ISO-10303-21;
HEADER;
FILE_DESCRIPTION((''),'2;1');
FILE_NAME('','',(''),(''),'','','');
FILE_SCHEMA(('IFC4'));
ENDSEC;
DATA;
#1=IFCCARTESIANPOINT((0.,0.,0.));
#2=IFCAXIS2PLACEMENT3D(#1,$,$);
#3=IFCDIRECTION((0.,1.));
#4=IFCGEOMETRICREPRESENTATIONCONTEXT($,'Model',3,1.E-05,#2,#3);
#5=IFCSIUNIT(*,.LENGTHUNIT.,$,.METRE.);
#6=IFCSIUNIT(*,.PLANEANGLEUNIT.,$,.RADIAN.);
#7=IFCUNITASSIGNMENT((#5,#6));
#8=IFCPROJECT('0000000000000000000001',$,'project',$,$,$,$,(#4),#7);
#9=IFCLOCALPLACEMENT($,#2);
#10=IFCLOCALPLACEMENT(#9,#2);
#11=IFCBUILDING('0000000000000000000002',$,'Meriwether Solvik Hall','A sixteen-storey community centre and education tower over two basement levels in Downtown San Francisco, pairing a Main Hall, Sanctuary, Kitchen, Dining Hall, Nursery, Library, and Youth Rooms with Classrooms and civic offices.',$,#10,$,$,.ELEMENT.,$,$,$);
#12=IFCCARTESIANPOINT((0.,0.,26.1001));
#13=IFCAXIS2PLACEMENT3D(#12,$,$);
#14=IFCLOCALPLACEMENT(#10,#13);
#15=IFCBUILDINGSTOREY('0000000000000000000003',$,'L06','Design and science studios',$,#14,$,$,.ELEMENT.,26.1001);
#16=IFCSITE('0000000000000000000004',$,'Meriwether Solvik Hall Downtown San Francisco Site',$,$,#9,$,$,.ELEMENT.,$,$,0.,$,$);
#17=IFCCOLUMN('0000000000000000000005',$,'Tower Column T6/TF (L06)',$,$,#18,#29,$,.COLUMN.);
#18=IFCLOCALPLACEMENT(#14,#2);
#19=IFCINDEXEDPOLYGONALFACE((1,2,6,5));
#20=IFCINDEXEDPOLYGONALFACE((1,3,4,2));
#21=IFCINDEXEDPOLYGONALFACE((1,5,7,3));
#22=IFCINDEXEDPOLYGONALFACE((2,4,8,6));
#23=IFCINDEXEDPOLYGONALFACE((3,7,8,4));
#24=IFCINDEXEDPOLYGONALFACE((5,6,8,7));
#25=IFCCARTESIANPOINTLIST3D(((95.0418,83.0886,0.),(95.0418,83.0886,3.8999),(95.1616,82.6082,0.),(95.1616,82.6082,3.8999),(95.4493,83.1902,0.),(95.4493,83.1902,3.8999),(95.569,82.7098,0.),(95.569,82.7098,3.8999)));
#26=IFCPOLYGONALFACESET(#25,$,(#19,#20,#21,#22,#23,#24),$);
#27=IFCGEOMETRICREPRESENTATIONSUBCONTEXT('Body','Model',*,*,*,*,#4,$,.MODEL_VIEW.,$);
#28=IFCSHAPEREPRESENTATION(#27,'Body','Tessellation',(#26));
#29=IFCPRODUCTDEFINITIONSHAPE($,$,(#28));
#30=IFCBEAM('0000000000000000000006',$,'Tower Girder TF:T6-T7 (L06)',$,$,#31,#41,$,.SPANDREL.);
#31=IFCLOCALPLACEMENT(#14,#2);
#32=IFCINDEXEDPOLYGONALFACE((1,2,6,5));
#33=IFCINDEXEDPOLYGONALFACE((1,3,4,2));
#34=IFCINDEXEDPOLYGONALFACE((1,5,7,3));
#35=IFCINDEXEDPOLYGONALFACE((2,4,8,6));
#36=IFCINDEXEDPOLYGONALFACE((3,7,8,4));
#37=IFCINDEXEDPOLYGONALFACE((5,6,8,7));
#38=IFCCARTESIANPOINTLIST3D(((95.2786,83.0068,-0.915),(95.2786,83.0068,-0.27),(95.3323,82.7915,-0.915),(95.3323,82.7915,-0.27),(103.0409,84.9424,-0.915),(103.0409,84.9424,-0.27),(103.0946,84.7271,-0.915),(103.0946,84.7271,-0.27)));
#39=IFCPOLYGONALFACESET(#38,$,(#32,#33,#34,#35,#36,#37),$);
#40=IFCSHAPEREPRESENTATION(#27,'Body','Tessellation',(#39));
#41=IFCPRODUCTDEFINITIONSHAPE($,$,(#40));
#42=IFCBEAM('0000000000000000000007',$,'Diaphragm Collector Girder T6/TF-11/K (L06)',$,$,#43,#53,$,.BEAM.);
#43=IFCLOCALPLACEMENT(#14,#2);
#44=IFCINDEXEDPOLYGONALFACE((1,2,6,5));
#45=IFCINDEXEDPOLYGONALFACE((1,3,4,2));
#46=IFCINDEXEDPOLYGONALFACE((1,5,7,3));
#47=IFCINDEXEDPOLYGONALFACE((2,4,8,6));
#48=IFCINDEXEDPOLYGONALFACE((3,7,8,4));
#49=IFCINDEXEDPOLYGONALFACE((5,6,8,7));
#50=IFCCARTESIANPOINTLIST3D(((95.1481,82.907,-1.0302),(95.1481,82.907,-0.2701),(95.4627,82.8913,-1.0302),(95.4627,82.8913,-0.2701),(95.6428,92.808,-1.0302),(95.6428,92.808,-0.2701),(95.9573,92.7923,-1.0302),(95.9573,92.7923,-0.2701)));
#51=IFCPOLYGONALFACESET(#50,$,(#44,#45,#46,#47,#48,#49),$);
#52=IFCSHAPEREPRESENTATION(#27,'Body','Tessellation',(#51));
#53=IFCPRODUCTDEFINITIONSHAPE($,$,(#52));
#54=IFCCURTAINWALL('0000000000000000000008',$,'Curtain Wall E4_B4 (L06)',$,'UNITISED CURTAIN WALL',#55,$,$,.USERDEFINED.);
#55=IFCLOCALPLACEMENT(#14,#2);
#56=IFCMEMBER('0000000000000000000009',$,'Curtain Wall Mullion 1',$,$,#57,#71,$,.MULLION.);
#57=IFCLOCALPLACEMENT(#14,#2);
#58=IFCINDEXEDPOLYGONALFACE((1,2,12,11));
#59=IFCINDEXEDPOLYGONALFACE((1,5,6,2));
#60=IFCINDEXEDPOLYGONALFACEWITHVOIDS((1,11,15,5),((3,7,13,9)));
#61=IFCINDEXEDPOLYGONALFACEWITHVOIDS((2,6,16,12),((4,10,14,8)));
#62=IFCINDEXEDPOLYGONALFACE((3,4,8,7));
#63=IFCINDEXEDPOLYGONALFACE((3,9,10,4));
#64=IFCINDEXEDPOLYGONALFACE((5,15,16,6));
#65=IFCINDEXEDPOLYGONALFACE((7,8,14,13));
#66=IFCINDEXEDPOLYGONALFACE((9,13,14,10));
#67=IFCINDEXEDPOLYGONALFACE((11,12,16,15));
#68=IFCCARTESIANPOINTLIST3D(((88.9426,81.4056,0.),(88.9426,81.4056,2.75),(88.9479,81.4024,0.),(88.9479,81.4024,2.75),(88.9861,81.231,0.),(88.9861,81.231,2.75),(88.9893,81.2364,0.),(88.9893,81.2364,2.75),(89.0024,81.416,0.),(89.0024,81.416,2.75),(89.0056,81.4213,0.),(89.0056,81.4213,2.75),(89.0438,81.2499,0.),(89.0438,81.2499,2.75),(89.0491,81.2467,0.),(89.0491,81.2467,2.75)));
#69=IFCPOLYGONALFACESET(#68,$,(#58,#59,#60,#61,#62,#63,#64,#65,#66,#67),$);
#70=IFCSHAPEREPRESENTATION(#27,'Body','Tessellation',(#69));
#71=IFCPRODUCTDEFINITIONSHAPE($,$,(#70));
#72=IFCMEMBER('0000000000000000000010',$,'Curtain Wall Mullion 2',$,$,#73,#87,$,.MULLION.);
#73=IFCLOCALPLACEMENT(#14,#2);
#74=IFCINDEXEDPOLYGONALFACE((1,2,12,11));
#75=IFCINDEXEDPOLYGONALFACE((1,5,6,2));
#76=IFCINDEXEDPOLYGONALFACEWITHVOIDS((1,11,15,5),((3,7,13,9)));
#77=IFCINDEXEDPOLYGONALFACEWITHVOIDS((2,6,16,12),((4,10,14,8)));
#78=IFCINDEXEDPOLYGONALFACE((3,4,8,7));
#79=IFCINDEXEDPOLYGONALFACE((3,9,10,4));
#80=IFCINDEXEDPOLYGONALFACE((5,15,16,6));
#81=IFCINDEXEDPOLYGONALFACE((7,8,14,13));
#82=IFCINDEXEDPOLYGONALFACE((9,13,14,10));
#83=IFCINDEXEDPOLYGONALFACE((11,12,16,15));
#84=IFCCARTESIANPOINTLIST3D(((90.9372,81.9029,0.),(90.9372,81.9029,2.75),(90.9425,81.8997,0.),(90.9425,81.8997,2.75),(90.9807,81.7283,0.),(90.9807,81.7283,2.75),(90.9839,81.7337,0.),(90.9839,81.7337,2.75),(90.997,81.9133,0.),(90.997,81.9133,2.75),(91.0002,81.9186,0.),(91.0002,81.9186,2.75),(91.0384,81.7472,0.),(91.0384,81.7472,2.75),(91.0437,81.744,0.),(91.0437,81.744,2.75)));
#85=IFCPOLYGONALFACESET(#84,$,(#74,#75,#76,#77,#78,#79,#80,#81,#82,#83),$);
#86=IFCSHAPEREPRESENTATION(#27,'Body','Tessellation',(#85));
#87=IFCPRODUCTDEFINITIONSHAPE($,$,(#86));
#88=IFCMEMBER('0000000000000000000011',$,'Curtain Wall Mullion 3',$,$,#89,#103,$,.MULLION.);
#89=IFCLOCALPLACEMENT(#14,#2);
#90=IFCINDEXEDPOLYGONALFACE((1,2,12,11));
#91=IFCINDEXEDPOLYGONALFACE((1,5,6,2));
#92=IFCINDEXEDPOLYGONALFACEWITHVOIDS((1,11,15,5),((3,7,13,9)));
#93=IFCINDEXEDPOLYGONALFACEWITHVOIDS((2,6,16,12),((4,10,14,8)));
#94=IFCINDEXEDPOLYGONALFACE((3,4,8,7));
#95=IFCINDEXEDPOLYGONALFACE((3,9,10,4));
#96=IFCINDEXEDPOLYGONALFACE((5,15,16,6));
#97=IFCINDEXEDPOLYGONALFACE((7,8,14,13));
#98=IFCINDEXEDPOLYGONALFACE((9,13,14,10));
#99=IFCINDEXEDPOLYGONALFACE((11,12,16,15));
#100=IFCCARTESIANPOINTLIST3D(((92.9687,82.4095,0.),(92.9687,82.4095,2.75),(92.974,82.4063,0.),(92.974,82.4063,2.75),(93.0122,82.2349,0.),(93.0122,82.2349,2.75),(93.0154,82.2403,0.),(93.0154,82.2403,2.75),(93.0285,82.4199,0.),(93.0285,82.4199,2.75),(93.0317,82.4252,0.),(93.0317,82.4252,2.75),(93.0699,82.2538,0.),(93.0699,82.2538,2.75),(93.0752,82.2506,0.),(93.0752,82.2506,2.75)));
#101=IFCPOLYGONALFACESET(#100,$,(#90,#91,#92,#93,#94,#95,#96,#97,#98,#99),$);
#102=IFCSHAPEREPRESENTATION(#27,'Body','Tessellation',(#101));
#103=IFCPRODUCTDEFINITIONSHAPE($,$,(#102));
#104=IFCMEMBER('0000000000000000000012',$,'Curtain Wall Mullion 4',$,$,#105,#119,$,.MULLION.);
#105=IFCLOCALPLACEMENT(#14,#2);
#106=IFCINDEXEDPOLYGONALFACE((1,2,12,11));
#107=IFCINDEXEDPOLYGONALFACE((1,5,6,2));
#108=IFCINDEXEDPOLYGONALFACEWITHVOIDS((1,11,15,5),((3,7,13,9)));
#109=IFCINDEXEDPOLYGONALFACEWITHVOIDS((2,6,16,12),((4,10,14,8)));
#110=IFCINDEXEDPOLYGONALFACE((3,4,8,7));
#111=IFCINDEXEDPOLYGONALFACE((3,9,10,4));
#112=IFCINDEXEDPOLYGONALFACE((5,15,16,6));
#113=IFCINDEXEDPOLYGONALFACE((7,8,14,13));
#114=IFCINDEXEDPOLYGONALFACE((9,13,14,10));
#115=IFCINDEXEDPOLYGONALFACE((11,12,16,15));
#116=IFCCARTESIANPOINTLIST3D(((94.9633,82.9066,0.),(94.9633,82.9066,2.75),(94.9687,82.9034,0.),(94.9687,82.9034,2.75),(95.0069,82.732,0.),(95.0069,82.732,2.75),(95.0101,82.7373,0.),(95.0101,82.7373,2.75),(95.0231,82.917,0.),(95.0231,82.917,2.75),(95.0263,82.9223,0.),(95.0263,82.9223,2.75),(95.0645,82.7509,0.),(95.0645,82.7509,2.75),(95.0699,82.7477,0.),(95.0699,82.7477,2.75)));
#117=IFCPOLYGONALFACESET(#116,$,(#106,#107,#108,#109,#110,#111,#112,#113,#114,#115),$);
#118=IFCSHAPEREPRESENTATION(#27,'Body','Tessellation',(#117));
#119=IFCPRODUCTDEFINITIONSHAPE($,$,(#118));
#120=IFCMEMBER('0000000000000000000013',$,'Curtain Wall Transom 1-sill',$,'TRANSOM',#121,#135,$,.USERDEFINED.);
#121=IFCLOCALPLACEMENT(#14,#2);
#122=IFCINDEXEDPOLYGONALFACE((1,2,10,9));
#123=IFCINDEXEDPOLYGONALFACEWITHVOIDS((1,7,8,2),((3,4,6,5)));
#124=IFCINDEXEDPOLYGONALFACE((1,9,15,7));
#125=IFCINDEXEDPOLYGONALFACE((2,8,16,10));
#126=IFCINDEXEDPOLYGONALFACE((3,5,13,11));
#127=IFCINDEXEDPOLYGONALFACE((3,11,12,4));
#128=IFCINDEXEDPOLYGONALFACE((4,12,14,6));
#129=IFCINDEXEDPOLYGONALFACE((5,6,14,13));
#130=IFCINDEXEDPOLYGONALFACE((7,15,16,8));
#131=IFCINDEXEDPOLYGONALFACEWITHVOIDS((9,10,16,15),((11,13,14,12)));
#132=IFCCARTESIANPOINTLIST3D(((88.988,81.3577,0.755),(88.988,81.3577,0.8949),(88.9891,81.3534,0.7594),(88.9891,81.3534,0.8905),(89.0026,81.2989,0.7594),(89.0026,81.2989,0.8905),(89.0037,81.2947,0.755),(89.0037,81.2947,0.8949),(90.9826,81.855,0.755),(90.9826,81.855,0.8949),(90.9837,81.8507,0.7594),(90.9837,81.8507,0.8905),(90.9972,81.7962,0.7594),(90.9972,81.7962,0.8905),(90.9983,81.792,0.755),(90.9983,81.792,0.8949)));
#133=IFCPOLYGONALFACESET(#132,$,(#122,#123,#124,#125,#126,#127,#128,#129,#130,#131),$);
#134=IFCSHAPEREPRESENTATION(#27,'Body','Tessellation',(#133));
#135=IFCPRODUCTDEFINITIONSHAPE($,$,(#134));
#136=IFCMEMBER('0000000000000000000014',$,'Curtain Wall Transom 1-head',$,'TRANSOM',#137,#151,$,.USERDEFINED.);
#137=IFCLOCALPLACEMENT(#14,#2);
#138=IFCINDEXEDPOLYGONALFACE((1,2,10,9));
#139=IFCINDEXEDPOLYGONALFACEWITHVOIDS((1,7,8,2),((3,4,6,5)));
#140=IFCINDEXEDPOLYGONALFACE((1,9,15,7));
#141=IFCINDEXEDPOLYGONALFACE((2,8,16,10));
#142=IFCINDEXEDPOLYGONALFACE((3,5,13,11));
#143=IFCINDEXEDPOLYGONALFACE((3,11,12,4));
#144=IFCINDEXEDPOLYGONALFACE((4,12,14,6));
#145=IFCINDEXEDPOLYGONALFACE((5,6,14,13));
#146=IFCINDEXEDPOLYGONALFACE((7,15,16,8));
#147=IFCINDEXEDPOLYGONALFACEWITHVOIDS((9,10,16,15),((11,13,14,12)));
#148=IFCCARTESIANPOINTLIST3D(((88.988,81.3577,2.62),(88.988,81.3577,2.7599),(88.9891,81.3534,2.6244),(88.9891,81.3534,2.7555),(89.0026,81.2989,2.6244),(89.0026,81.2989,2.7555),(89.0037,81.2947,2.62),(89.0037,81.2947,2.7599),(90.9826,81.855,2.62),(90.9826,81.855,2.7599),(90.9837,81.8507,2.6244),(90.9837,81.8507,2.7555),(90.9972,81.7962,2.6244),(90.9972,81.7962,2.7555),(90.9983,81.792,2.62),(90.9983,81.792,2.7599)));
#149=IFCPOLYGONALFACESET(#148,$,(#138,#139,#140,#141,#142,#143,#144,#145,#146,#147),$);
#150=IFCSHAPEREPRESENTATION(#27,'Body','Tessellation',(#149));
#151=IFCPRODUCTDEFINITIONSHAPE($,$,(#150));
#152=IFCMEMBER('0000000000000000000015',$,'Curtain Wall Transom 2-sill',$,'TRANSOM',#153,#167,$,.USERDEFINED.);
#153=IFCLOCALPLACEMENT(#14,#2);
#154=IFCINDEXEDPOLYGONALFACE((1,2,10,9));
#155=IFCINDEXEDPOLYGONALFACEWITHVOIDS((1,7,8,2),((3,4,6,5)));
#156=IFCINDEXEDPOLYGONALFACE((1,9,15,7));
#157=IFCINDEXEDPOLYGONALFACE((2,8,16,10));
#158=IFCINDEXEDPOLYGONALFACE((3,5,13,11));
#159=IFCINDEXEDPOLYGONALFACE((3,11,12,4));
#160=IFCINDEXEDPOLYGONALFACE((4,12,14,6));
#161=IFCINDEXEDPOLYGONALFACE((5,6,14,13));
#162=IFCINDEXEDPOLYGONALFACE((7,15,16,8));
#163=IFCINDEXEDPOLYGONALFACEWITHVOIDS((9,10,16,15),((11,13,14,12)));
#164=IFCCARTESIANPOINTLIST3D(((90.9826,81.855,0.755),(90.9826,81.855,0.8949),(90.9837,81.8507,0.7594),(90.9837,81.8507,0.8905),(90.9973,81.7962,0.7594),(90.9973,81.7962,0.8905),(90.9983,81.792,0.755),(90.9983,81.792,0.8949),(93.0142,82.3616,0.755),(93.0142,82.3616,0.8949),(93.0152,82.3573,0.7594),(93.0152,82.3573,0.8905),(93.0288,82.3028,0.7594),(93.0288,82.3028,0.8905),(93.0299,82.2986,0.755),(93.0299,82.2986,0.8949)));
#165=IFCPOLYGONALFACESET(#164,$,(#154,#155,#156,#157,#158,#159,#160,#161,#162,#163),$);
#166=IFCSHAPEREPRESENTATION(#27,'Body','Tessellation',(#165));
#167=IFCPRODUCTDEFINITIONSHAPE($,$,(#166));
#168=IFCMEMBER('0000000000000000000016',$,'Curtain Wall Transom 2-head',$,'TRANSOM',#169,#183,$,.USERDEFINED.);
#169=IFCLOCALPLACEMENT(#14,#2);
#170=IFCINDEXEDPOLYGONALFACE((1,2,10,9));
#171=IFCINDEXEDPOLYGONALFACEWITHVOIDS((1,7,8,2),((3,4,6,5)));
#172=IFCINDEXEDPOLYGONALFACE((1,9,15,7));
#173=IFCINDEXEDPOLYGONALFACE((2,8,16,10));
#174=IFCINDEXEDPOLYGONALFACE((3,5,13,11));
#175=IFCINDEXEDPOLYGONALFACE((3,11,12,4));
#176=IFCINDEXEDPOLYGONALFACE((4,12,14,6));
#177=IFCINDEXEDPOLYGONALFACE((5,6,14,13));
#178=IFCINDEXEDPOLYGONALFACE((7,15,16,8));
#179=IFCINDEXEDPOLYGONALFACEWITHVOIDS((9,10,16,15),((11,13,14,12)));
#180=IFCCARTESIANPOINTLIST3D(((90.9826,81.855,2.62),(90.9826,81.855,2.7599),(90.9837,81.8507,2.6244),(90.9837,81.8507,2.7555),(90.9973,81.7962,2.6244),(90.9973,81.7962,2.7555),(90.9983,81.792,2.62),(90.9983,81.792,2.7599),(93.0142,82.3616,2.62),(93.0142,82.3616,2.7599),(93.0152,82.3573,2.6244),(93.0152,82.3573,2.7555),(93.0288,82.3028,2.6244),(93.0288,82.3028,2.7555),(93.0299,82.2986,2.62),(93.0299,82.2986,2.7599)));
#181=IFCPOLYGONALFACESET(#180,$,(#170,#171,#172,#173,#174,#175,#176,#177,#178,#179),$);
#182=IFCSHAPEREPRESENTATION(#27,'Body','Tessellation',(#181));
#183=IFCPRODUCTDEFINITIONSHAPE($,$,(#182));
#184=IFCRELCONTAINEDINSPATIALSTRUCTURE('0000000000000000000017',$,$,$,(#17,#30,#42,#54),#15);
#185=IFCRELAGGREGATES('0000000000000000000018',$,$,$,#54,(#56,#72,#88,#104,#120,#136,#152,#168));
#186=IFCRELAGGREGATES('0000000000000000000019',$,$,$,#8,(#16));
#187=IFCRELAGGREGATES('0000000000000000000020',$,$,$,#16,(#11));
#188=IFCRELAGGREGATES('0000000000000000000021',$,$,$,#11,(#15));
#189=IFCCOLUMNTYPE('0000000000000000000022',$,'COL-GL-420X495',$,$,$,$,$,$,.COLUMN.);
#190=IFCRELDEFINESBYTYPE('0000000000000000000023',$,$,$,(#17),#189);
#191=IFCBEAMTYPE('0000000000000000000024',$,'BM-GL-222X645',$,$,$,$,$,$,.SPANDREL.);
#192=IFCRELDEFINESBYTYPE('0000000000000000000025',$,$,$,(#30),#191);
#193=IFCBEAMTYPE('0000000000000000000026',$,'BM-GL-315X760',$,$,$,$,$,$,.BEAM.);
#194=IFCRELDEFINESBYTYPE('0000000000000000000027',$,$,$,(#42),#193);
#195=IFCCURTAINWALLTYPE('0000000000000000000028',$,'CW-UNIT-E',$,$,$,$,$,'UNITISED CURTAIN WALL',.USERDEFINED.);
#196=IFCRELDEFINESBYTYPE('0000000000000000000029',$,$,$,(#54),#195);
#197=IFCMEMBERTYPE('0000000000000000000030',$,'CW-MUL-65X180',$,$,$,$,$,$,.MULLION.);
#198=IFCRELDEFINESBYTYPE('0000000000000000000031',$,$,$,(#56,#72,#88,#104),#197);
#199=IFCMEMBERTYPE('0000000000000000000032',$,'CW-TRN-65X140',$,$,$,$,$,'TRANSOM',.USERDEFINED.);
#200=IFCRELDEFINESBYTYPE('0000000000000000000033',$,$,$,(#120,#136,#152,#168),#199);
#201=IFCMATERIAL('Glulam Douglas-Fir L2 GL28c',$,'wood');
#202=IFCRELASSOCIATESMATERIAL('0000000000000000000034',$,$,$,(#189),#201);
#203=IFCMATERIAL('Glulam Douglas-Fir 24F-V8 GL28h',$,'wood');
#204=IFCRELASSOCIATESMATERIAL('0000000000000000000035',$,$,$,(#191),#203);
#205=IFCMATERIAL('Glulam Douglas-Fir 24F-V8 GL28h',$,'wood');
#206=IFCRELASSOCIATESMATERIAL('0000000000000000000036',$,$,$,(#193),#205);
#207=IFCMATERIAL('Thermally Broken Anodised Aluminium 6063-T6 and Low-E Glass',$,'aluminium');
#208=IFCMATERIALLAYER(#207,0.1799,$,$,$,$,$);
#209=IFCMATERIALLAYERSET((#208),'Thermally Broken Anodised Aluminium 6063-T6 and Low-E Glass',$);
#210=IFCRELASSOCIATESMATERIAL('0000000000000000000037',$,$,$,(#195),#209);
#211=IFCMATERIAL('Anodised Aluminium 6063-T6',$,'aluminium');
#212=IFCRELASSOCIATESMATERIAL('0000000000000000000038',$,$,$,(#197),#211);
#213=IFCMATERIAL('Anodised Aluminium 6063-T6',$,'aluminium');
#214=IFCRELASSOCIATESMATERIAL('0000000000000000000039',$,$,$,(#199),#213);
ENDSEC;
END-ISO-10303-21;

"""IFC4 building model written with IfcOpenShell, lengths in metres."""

from ifc_helpers import new_model, si_unit, direction, frame, origin, origin_2d, place, context, subcontext, project, spatial, rectangle, hollow_rectangle, extrude, material, layer, layer_set, material_profile, profile_set, type_object, element, aggregate, save


model = new_model("IFC4")

# Units and contexts
model_context = context("Model", 3, precision=1e-05, world=origin(), true_north=direction((0.0, 1.0)))
body_context = subcontext(model_context, "Body", "Model", "MODEL_VIEW")
ifc_project = project(units=[si_unit("LENGTHUNIT", "METRE"), si_unit("PLANEANGLEUNIT", "RADIAN")], contexts=[model_context])

# Site, building, storey
site_placement = place(None, origin())
site = spatial("IfcSite", under=ifc_project, at=site_placement, Name="Meriwether Solvik Hall Downtown San Francisco Site", CompositionType="ELEMENT", RefElevation=0.0)
building_placement = place(site_placement, origin())
building = spatial("IfcBuilding", under=site, at=building_placement, Name="Meriwether Solvik Hall", Description="A sixteen-storey community centre and education tower over two basement levels in Downtown San Francisco, pairing a Main Hall, Sanctuary, Kitchen, Dining Hall, Nursery, Library, and Youth Rooms with Classrooms and civic offices.", CompositionType="ELEMENT")
storey_placement = place(building_placement, frame((0.0, 0.0, 26.1001)))
storey = spatial("IfcBuildingStorey", under=building, at=storey_placement, Name="L06", Description="Design and science studios", CompositionType="ELEMENT", Elevation=26.1001)

# Column
ifc_material_1 = material(Name="Glulam Douglas-Fir L2 GL28c", Category="wood")
ifc_material_profile_1 = material_profile(ifc_material_1, rectangle(XDim=0.4199, YDim=0.4951, at=origin_2d()), Name="GLC-420X495")
ifc_profile_set_1 = profile_set([ifc_material_profile_1], Name="Glulam Douglas-Fir L2 GL28c")
column_type = type_object("IfcColumnType", Name="COL-GL-420X495", PredefinedType="COLUMN", material=ifc_profile_set_1)
column_placement = place(storey_placement, frame((95.3054, 82.8992, 0.0), z_axis=(0.0, 0.0, 1.0), x_axis=(0.970296, 0.241922, 0.0)))
element("IfcColumn", 1, at=column_placement, inside=storey, type_object=column_type, Name="Tower Column T6/TF (L06)", PredefinedType="COLUMN", context=body_context, shape_type="SweptSolid", body=[
    extrude(rectangle(XDim=0.4199, YDim=0.4951, at=origin_2d()), origin(), (0.0, 0.0, 1.0), 3.8999),
])

# Beams
ifc_material_2 = material(Name="Glulam Douglas-Fir 24F-V8 GL28h", Category="wood")
ifc_material_profile_2 = material_profile(ifc_material_2, rectangle(XDim=0.2219, YDim=0.645, at=origin_2d()), Name="GLB-222X645")
ifc_profile_set_2 = profile_set([ifc_material_profile_2], Name="Glulam Douglas-Fir 24F-V8 GL28h")
beam_type_1 = type_object("IfcBeamType", Name="BM-GL-222X645", PredefinedType="SPANDREL", material=ifc_profile_set_2)
beam_1_placement = place(storey_placement, frame((95.3054, 82.8992, -0.5925), z_axis=(0.97029, 0.241947, 0.0), x_axis=(-0.241947, 0.97029, 0.0)))
element("IfcBeam", 2, at=beam_1_placement, inside=storey, type_object=beam_type_1, Name="Tower Girder TF:T6-T7 (L06)", PredefinedType="SPANDREL", context=body_context, shape_type="SweptSolid", body=[
    extrude(rectangle(XDim=0.2219, YDim=0.645, at=origin_2d()), origin(), (0.0, 0.0, 1.0), 8.0),
])
ifc_material_3 = material(Name="Glulam Douglas-Fir 24F-V8 GL28h", Category="wood")
ifc_material_profile_3 = material_profile(ifc_material_3, rectangle(XDim=0.3149, YDim=0.76, at=origin_2d()), Name="GLB-315X760")
ifc_profile_set_3 = profile_set([ifc_material_profile_3], Name="Glulam Douglas-Fir 24F-V8 GL28h")
beam_type_2 = type_object("IfcBeamType", Name="BM-GL-315X760", PredefinedType="BEAM", material=ifc_profile_set_3)
beam_2_placement = place(storey_placement, frame((95.3054, 82.8992, -0.6501), z_axis=(0.049896, 0.998754, 0.0), x_axis=(-0.998754, 0.049896, 0.0)))
element("IfcBeam", 3, at=beam_2_placement, inside=storey, type_object=beam_type_2, Name="Diaphragm Collector Girder T6/TF-11/K (L06)", PredefinedType="BEAM", context=body_context, shape_type="SweptSolid", body=[
    extrude(rectangle(XDim=0.3149, YDim=0.76, at=origin_2d()), origin(), (0.0, 0.0, 1.0), 9.9133),
])

# Curtain wall, members
ifc_material_4 = material(Name="Thermally Broken Anodised Aluminium 6063-T6 and Low-E Glass", Category="aluminium")
ifc_layer_1 = layer(ifc_material_4, 0.1799)
ifc_layer_set_1 = layer_set([ifc_layer_1], Name="Thermally Broken Anodised Aluminium 6063-T6 and Low-E Glass")
curtain_wall_type = type_object("IfcCurtainWallType", Name="CW-UNIT-E", ElementType="UNITISED CURTAIN WALL", PredefinedType="USERDEFINED", material=ifc_layer_set_1)
curtain_wall_placement = place(storey_placement, origin())
curtain_wall = element("IfcCurtainWall", 4, at=curtain_wall_placement, inside=storey, type_object=curtain_wall_type, Name="Curtain Wall E4_B4 (L06)", ObjectType="UNITISED CURTAIN WALL", PredefinedType="USERDEFINED")
ifc_material_5 = material(Name="Anodised Aluminium 6063-T6", Category="aluminium")
ifc_material_profile_4 = material_profile(ifc_material_5, hollow_rectangle(XDim=0.0649, YDim=0.1799, WallThickness=0.0044, at=origin_2d()), Name="CWM-65X180")
ifc_profile_set_4 = profile_set([ifc_material_profile_4], Name="Anodised Aluminium 6063-T6")
member_type_1 = type_object("IfcMemberType", Name="CW-MUL-65X180", PredefinedType="MULLION", material=ifc_profile_set_4)
member_1_placement = place(storey_placement, frame((88.9958, 81.3262, 0.0), z_axis=(0.0, 0.0, 1.0), x_axis=(0.970296, 0.241922, 0.0)))
member_1 = element("IfcMember", 5, at=member_1_placement, type_object=member_type_1, Name="Curtain Wall Mullion 1", PredefinedType="MULLION", context=body_context, shape_type="SweptSolid", body=[
    extrude(hollow_rectangle(XDim=0.0649, YDim=0.1799, WallThickness=0.0044, at=origin_2d()), origin(), (0.0, 0.0, 1.0), 2.75),
])
member_2_placement = place(storey_placement, frame((90.9905, 81.8235, 0.0), z_axis=(0.0, 0.0, 1.0), x_axis=(0.970296, 0.241922, 0.0)))
member_2 = element("IfcMember", 6, at=member_2_placement, type_object=member_type_1, Name="Curtain Wall Mullion 2", PredefinedType="MULLION", context=body_context, shape_type="SweptSolid", body=[
    extrude(hollow_rectangle(XDim=0.0649, YDim=0.1799, WallThickness=0.0044, at=origin_2d()), origin(), (0.0, 0.0, 1.0), 2.75),
])
member_3_placement = place(storey_placement, frame((93.022, 82.3301, 0.0), z_axis=(0.0, 0.0, 1.0), x_axis=(0.970296, 0.241922, 0.0)))
member_3 = element("IfcMember", 7, at=member_3_placement, type_object=member_type_1, Name="Curtain Wall Mullion 3", PredefinedType="MULLION", context=body_context, shape_type="SweptSolid", body=[
    extrude(hollow_rectangle(XDim=0.0649, YDim=0.1799, WallThickness=0.0044, at=origin_2d()), origin(), (0.0, 0.0, 1.0), 2.75),
])
member_4_placement = place(storey_placement, frame((95.0166, 82.8271, 0.0), z_axis=(0.0, 0.0, 1.0), x_axis=(0.970296, 0.241922, 0.0)))
member_4 = element("IfcMember", 8, at=member_4_placement, type_object=member_type_1, Name="Curtain Wall Mullion 4", PredefinedType="MULLION", context=body_context, shape_type="SweptSolid", body=[
    extrude(hollow_rectangle(XDim=0.0649, YDim=0.1799, WallThickness=0.0044, at=origin_2d()), origin(), (0.0, 0.0, 1.0), 2.75),
])
ifc_material_6 = material(Name="Anodised Aluminium 6063-T6", Category="aluminium")
ifc_material_profile_5 = material_profile(ifc_material_6, hollow_rectangle(XDim=0.0649, YDim=0.1399, WallThickness=0.0044, at=origin_2d()), Name="CWT-65X140")
ifc_profile_set_5 = profile_set([ifc_material_profile_5], Name="Anodised Aluminium 6063-T6")
member_type_2 = type_object("IfcMemberType", Name="CW-TRN-65X140", ElementType="TRANSOM", PredefinedType="USERDEFINED", material=ifc_profile_set_5)
member_5_placement = place(storey_placement, frame((88.9958, 81.3262, 0.825), z_axis=(0.970296, 0.241921, 0.0), x_axis=(-0.241921, 0.970296, 0.0)))
member_5 = element("IfcMember", 9, at=member_5_placement, type_object=member_type_2, Name="Curtain Wall Transom 1-sill", ObjectType="TRANSOM", PredefinedType="USERDEFINED", context=body_context, shape_type="SweptSolid", body=[
    extrude(hollow_rectangle(XDim=0.0649, YDim=0.1399, WallThickness=0.0044, at=origin_2d()), origin(), (0.0, 0.0, 1.0), 2.0557),
])
member_6_placement = place(storey_placement, frame((88.9958, 81.3262, 2.6899), z_axis=(0.970296, 0.241921, 0.0), x_axis=(-0.241921, 0.970296, 0.0)))
member_6 = element("IfcMember", 10, at=member_6_placement, type_object=member_type_2, Name="Curtain Wall Transom 1-head", ObjectType="TRANSOM", PredefinedType="USERDEFINED", context=body_context, shape_type="SweptSolid", body=[
    extrude(hollow_rectangle(XDim=0.0649, YDim=0.1399, WallThickness=0.0044, at=origin_2d()), origin(), (0.0, 0.0, 1.0), 2.0557),
])
member_7_placement = place(storey_placement, frame((90.9905, 81.8235, 0.825), z_axis=(0.970286, 0.241959, 0.0), x_axis=(-0.241959, 0.970286, 0.0)))
member_7 = element("IfcMember", 11, at=member_7_placement, type_object=member_type_2, Name="Curtain Wall Transom 2-sill", ObjectType="TRANSOM", PredefinedType="USERDEFINED", context=body_context, shape_type="SweptSolid", body=[
    extrude(hollow_rectangle(XDim=0.0649, YDim=0.1399, WallThickness=0.0044, at=origin_2d()), origin(), (0.0, 0.0, 1.0), 2.0938),
])
member_8_placement = place(storey_placement, frame((90.9905, 81.8235, 2.6899), z_axis=(0.970286, 0.241959, 0.0), x_axis=(-0.241959, 0.970286, 0.0)))
member_8 = element("IfcMember", 12, at=member_8_placement, type_object=member_type_2, Name="Curtain Wall Transom 2-head", ObjectType="TRANSOM", PredefinedType="USERDEFINED", context=body_context, shape_type="SweptSolid", body=[
    extrude(hollow_rectangle(XDim=0.0649, YDim=0.1399, WallThickness=0.0044, at=origin_2d()), origin(), (0.0, 0.0, 1.0), 2.0938),
])
aggregate(curtain_wall, [member_1, member_2, member_3, member_4, member_5, member_6, member_7, member_8])

save(model, "model.ifc")
